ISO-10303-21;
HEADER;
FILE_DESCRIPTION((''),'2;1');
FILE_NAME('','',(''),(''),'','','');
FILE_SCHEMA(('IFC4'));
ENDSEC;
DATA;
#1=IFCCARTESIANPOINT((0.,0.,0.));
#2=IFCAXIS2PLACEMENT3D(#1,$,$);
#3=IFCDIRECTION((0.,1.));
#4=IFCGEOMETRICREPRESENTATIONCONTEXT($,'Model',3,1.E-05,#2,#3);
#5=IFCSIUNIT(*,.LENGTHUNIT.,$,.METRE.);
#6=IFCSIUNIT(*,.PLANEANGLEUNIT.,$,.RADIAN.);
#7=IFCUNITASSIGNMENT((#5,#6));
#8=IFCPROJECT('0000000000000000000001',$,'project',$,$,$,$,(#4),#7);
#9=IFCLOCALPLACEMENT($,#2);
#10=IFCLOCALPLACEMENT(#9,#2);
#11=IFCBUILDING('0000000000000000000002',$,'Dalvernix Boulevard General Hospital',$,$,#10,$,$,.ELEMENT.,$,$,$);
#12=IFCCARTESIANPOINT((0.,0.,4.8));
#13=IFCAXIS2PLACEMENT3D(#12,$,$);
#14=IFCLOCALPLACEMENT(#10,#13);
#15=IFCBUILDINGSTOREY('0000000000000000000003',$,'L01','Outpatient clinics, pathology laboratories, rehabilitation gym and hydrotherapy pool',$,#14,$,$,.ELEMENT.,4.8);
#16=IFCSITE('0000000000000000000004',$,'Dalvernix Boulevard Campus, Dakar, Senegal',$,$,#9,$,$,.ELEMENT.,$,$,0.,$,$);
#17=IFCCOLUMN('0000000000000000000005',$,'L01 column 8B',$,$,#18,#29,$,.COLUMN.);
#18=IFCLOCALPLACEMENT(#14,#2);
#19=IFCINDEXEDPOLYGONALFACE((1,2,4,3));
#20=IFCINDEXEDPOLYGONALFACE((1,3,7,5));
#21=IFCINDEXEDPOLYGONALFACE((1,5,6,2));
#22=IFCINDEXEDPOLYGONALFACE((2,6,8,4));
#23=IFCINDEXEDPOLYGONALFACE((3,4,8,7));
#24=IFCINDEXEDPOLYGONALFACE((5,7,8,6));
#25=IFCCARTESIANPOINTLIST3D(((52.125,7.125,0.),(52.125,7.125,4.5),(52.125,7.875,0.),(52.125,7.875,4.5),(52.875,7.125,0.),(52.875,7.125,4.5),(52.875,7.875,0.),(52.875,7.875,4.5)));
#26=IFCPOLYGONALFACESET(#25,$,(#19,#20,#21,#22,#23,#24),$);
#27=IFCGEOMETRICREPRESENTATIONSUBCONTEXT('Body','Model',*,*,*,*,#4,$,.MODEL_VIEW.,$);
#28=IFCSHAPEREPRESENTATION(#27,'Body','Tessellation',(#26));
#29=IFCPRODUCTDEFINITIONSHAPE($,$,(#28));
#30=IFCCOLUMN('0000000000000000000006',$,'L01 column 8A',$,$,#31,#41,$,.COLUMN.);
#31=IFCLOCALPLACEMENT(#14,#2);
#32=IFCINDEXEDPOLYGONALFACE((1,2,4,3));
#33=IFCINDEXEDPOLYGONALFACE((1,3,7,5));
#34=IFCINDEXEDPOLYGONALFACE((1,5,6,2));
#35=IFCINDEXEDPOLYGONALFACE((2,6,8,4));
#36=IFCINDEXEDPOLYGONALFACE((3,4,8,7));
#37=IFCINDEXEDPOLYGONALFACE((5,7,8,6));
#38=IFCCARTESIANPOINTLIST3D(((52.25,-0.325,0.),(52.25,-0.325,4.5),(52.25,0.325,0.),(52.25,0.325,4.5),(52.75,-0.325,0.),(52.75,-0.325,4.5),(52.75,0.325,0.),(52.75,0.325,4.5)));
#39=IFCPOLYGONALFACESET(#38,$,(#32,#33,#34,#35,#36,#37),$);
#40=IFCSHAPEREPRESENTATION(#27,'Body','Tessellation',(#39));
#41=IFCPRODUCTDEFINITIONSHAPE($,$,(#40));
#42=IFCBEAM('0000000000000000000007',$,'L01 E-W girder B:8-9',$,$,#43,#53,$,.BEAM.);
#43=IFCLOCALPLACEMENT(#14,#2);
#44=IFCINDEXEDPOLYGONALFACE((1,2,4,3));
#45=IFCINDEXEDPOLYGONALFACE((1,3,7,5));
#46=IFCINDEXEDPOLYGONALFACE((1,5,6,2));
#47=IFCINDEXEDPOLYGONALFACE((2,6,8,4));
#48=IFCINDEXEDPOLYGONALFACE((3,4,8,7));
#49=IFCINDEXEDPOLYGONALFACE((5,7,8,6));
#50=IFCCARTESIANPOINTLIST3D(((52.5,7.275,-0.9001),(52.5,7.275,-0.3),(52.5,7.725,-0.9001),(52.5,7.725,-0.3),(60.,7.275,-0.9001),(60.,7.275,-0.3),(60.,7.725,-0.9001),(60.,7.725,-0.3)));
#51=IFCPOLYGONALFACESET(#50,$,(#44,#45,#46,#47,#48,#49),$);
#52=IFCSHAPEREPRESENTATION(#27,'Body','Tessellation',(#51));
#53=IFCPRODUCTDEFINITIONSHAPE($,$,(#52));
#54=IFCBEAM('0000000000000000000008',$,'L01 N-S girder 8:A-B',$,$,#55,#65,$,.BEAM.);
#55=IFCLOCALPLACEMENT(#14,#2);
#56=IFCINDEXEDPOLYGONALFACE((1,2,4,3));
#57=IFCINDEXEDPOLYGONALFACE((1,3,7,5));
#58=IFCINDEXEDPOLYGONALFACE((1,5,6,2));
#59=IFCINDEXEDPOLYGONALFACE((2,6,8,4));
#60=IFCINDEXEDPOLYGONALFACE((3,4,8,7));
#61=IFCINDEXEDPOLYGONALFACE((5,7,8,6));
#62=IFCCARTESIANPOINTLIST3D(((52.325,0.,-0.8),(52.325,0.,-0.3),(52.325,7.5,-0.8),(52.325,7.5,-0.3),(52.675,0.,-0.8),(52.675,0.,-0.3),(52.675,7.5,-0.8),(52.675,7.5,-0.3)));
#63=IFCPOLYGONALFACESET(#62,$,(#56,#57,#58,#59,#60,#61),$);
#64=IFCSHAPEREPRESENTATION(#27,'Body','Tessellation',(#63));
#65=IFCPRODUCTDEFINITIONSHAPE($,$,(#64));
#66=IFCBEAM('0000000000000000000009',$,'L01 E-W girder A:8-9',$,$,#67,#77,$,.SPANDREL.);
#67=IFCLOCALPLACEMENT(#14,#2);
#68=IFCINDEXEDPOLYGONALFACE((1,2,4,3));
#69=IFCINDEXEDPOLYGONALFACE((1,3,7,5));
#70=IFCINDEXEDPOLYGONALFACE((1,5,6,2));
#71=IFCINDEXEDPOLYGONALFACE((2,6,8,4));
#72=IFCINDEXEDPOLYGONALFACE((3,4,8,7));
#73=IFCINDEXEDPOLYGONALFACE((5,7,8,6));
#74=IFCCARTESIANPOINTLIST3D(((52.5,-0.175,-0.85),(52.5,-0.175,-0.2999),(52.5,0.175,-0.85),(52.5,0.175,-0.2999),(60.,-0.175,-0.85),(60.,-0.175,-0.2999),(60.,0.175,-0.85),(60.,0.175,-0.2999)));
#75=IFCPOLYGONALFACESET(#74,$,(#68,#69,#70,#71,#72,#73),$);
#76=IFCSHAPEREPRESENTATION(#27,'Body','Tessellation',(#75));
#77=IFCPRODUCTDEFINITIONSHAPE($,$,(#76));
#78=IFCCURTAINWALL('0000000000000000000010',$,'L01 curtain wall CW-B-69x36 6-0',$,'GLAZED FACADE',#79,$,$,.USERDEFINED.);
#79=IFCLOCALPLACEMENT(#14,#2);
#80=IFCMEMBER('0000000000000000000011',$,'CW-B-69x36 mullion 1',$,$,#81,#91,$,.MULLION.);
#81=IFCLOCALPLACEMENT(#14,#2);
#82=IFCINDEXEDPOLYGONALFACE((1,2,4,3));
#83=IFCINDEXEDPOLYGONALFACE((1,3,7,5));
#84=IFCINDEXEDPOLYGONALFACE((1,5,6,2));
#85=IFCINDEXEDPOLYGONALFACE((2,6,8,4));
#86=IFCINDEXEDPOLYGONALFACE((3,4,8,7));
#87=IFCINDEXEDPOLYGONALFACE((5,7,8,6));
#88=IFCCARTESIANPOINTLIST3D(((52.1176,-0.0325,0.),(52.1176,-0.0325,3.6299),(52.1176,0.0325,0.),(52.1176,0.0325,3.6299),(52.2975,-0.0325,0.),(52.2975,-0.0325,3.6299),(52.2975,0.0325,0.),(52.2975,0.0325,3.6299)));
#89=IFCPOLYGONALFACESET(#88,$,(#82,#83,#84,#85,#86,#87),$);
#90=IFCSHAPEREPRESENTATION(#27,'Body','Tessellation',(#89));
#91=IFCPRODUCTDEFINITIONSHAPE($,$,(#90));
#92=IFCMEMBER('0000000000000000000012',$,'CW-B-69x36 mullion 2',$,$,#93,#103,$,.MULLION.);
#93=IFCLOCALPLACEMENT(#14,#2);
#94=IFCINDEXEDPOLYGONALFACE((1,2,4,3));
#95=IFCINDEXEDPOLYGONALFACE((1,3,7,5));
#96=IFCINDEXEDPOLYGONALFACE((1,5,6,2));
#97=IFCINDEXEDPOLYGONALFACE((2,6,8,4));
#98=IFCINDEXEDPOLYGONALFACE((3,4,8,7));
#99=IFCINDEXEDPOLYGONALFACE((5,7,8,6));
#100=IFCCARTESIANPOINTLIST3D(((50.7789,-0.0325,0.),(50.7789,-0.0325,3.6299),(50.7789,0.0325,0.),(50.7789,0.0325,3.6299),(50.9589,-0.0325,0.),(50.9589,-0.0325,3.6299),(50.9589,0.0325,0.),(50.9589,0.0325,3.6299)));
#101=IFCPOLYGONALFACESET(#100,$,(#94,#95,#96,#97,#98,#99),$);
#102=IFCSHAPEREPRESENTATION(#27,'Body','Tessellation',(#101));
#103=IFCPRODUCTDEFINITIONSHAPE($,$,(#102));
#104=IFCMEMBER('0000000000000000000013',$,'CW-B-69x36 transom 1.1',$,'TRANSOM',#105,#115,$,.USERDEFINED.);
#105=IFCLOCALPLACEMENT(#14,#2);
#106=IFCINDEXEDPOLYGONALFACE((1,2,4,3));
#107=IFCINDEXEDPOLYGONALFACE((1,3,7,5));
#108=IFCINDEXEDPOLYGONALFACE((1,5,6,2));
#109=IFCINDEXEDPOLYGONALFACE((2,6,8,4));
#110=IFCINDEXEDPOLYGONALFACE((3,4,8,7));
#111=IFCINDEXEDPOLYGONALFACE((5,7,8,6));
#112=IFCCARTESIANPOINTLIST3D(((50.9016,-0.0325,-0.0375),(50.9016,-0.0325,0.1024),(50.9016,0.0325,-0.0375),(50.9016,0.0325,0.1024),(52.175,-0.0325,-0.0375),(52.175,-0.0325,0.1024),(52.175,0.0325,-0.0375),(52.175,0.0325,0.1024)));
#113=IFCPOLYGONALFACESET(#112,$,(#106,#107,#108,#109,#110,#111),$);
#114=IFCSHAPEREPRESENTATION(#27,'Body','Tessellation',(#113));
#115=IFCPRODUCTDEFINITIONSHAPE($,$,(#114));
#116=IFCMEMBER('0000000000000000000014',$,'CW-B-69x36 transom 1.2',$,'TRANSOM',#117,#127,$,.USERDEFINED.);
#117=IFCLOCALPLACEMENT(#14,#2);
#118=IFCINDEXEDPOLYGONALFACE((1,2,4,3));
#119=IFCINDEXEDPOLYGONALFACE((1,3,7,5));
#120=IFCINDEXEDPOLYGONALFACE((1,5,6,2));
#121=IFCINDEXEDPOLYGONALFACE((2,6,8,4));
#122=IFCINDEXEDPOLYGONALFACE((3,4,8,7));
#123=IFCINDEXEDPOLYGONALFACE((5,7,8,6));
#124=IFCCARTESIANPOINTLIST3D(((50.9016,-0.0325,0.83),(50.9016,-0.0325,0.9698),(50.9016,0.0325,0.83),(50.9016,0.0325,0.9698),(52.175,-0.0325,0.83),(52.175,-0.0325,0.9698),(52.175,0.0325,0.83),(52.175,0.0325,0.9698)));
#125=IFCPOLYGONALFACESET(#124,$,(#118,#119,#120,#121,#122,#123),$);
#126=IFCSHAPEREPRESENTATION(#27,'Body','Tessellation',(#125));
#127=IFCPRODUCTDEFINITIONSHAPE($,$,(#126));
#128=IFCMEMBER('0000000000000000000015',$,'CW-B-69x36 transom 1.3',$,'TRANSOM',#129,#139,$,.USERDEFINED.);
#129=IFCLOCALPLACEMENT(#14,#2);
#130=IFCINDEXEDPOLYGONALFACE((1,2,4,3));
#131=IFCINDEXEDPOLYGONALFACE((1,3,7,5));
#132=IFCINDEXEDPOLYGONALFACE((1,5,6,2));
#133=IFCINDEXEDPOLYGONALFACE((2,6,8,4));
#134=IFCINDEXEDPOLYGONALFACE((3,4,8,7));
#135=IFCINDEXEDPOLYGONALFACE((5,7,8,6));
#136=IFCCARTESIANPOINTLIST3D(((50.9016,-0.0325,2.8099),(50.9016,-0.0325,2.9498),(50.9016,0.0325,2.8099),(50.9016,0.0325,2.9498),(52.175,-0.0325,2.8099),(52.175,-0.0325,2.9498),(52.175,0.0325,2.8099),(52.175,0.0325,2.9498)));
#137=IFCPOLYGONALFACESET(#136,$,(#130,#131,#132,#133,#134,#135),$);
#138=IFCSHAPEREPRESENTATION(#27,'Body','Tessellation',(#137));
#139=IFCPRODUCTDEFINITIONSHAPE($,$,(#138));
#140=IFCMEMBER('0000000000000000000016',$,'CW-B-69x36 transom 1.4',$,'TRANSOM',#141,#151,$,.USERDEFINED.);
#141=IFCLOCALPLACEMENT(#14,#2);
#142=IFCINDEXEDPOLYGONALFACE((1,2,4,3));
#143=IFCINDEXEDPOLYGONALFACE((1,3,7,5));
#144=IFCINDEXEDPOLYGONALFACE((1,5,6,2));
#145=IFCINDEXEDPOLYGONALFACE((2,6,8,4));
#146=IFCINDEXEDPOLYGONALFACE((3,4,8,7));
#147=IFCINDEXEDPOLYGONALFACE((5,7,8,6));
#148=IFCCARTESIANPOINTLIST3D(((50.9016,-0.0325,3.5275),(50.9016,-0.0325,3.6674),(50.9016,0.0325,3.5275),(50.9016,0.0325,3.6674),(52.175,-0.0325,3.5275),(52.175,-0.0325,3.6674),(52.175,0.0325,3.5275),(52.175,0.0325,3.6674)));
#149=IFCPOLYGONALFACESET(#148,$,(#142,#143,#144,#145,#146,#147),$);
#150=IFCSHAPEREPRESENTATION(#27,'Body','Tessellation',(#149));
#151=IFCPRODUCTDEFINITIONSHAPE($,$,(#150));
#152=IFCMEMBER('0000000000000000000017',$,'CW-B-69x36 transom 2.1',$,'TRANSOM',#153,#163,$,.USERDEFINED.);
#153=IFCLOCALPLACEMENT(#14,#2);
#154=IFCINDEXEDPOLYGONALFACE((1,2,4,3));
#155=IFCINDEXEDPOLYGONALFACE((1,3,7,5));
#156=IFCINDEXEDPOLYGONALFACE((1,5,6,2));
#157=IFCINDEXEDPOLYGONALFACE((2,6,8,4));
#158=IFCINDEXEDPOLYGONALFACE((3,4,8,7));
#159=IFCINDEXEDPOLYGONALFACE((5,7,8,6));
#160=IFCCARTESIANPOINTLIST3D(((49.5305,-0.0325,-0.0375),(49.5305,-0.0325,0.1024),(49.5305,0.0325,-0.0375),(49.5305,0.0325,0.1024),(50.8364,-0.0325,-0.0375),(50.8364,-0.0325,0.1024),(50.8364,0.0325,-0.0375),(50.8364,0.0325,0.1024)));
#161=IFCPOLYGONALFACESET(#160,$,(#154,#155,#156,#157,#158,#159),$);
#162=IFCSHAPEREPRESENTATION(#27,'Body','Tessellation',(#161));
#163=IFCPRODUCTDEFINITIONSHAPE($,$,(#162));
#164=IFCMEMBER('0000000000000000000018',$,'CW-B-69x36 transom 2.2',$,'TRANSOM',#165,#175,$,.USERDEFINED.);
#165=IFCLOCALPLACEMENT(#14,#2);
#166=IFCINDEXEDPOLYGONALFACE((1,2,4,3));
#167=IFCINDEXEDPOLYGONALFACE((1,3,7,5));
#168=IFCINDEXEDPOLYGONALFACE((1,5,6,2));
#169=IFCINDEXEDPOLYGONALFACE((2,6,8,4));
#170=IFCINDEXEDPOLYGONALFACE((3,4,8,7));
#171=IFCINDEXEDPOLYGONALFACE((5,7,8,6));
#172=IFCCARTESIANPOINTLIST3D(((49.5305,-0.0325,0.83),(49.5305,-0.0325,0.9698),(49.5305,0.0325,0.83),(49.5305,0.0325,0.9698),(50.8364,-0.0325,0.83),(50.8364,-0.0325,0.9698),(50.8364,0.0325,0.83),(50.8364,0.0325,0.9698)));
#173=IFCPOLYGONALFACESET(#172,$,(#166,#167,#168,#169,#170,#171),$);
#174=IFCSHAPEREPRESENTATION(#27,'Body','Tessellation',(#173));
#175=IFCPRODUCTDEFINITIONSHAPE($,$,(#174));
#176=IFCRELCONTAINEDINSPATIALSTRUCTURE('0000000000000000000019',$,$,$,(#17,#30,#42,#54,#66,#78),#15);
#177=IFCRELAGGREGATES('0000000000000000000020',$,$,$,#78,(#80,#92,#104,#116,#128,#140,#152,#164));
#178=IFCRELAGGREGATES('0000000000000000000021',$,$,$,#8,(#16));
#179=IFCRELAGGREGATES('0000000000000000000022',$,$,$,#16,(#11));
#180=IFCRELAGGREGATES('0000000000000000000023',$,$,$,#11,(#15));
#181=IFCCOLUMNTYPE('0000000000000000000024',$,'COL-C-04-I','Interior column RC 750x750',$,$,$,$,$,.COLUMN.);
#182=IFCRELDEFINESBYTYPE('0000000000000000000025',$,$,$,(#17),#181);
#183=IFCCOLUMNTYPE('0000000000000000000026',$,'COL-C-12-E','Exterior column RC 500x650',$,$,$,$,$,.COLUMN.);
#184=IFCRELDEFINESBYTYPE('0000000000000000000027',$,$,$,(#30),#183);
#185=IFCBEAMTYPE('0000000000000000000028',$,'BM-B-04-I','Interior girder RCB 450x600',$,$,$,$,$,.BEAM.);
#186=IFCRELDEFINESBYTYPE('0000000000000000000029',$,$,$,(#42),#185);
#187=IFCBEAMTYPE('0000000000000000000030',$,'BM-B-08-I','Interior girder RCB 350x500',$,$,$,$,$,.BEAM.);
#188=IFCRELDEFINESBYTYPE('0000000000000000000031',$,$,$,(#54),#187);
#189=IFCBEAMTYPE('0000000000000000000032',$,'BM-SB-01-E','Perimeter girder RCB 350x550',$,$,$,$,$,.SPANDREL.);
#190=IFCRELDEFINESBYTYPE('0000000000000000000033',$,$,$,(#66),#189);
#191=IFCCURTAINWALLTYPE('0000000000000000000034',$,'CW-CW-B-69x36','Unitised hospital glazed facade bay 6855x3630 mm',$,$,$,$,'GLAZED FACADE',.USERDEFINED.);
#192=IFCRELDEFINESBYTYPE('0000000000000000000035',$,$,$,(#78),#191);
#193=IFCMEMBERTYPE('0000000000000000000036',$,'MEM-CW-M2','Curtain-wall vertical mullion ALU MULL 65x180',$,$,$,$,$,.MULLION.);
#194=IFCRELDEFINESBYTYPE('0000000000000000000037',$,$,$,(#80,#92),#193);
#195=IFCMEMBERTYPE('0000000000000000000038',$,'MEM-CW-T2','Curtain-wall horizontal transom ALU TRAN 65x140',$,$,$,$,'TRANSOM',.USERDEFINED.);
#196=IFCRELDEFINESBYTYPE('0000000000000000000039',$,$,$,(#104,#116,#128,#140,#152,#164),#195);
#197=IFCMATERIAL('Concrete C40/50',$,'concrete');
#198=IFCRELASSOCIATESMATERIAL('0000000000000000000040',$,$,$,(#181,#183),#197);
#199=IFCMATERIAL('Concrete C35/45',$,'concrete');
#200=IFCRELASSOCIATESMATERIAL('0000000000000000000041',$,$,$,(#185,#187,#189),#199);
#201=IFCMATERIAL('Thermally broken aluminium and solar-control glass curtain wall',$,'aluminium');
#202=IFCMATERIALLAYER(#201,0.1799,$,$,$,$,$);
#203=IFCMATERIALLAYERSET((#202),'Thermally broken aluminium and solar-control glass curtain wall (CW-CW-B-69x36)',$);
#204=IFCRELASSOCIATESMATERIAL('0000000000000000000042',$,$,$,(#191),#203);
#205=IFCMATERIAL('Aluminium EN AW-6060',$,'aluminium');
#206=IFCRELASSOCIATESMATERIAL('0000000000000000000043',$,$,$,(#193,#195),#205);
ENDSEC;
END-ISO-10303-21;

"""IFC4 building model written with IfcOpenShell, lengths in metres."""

from ifc_helpers import new_model, si_unit, direction, frame, origin, origin_2d, place, context, subcontext, project, spatial, rectangle, extrude, material, layer, layer_set, material_profile, profile_set, type_object, element, aggregate, save


model = new_model("IFC4")

# Units and contexts
model_context = context("Model", 3, precision=1e-05, world=origin(), true_north=direction((0.0, 1.0)))
body_context = subcontext(model_context, "Body", "Model", "MODEL_VIEW")
ifc_project = project(units=[si_unit("LENGTHUNIT", "METRE"), si_unit("PLANEANGLEUNIT", "RADIAN")], contexts=[model_context])

# Site, building, storey
site_placement = place(None, origin())
site = spatial("IfcSite", under=ifc_project, at=site_placement, Name="Dalvernix Boulevard Campus, Dakar, Senegal", CompositionType="ELEMENT", RefElevation=0.0)
building_placement = place(site_placement, origin())
building = spatial("IfcBuilding", under=site, at=building_placement, Name="Dalvernix Boulevard General Hospital", CompositionType="ELEMENT")
storey_placement = place(building_placement, frame((0.0, 0.0, 4.8)))
storey = spatial("IfcBuildingStorey", under=building, at=storey_placement, Name="L01", Description="Outpatient clinics, pathology laboratories, rehabilitation gym and hydrotherapy pool", CompositionType="ELEMENT", Elevation=4.8)

# Columns
ifc_material_1 = material(Name="Concrete C40/50", Category="concrete")
ifc_material_profile_1 = material_profile(ifc_material_1, rectangle(XDim=0.75, YDim=0.75, at=origin_2d()), Name="RC 750x750")
ifc_profile_set_1 = profile_set([ifc_material_profile_1], Name="Concrete C40/50")
column_type_1 = type_object("IfcColumnType", Name="COL-C-04-I", Description="Interior column RC 750x750", PredefinedType="COLUMN", material=ifc_profile_set_1)
column_1_placement = place(storey_placement, frame((52.5, 7.5, 0.0), z_axis=(0.0, 0.0, 1.0), x_axis=(1.0, 0.0, 0.0)))
element("IfcColumn", 1, at=column_1_placement, inside=storey, type_object=column_type_1, Name="L01 column 8B", PredefinedType="COLUMN", context=body_context, shape_type="SweptSolid", body=[
    extrude(rectangle(XDim=0.75, YDim=0.75, at=origin_2d()), origin(), (0.0, 0.0, 1.0), 4.5),
])
ifc_material_profile_2 = material_profile(ifc_material_1, rectangle(XDim=0.5, YDim=0.6499, at=origin_2d()), Name="RC 500x650")
ifc_profile_set_2 = profile_set([ifc_material_profile_2], Name="Concrete C40/50")
column_type_2 = type_object("IfcColumnType", Name="COL-C-12-E", Description="Exterior column RC 500x650", PredefinedType="COLUMN", material=ifc_profile_set_2)
column_2_placement = place(storey_placement, frame((52.5, 0.0, 0.0), z_axis=(0.0, 0.0, 1.0), x_axis=(1.0, 0.0, 0.0)))
element("IfcColumn", 2, at=column_2_placement, inside=storey, type_object=column_type_2, Name="L01 column 8A", PredefinedType="COLUMN", context=body_context, shape_type="SweptSolid", body=[
    extrude(rectangle(XDim=0.5, YDim=0.6499, at=origin_2d()), origin(), (0.0, 0.0, 1.0), 4.5),
])

# Beams
ifc_material_2 = material(Name="Concrete C35/45", Category="concrete")
ifc_material_profile_3 = material_profile(ifc_material_2, rectangle(XDim=0.45, YDim=0.6001, at=origin_2d()), Name="RCB 450x600")
ifc_profile_set_3 = profile_set([ifc_material_profile_3], Name="Concrete C35/45")
beam_type_1 = type_object("IfcBeamType", Name="BM-B-04-I", Description="Interior girder RCB 450x600", PredefinedType="BEAM", material=ifc_profile_set_3)
beam_1_placement = place(storey_placement, frame((52.5, 7.5, -0.6001), z_axis=(1.0, 0.0, 0.0), x_axis=(0.0, 1.0, 0.0)))
element("IfcBeam", 3, at=beam_1_placement, inside=storey, type_object=beam_type_1, Name="L01 E-W girder B:8-9", PredefinedType="BEAM", context=body_context, shape_type="SweptSolid", body=[
    extrude(rectangle(XDim=0.45, YDim=0.6001, at=origin_2d()), origin(), (0.0, 0.0, 1.0), 7.5),
])
ifc_material_profile_4 = material_profile(ifc_material_2, rectangle(XDim=0.3501, YDim=0.5, at=origin_2d()), Name="RCB 350x500")
ifc_profile_set_4 = profile_set([ifc_material_profile_4], Name="Concrete C35/45")
beam_type_2 = type_object("IfcBeamType", Name="BM-B-08-I", Description="Interior girder RCB 350x500", PredefinedType="BEAM", material=ifc_profile_set_4)
beam_2_placement = place(storey_placement, frame((52.5, 0.0, -0.55), z_axis=(0.0, 1.0, 0.0), x_axis=(-1.0, 0.0, 0.0)))
element("IfcBeam", 4, at=beam_2_placement, inside=storey, type_object=beam_type_2, Name="L01 N-S girder 8:A-B", PredefinedType="BEAM", context=body_context, shape_type="SweptSolid", body=[
    extrude(rectangle(XDim=0.3501, YDim=0.5, at=origin_2d()), origin(), (0.0, 0.0, 1.0), 7.5),
])
ifc_material_profile_5 = material_profile(ifc_material_2, rectangle(XDim=0.3501, YDim=0.55, at=origin_2d()), Name="RCB 350x550")
ifc_profile_set_5 = profile_set([ifc_material_profile_5], Name="Concrete C35/45")
beam_type_3 = type_object("IfcBeamType", Name="BM-SB-01-E", Description="Perimeter girder RCB 350x550", PredefinedType="SPANDREL", material=ifc_profile_set_5)
beam_3_placement = place(storey_placement, frame((52.5, 0.0, -0.575), z_axis=(1.0, 0.0, 0.0), x_axis=(0.0, 1.0, 0.0)))
element("IfcBeam", 5, at=beam_3_placement, inside=storey, type_object=beam_type_3, Name="L01 E-W girder A:8-9", PredefinedType="SPANDREL", context=body_context, shape_type="SweptSolid", body=[
    extrude(rectangle(XDim=0.3501, YDim=0.55, at=origin_2d()), origin(), (0.0, 0.0, 1.0), 7.5),
])

# Curtain wall, members
ifc_material_3 = material(Name="Thermally broken aluminium and solar-control glass curtain wall", Category="aluminium")
ifc_layer_1 = layer(ifc_material_3, 0.1799)
ifc_layer_set_1 = layer_set([ifc_layer_1], Name="Thermally broken aluminium and solar-control glass curtain wall (CW-CW-B-69x36)")
curtain_wall_type = type_object("IfcCurtainWallType", Name="CW-CW-B-69x36", Description="Unitised hospital glazed facade bay 6855x3630 mm", ElementType="GLAZED FACADE", PredefinedType="USERDEFINED", material=ifc_layer_set_1)
curtain_wall_placement = place(storey_placement, origin())
curtain_wall = element("IfcCurtainWall", 6, at=curtain_wall_placement, inside=storey, type_object=curtain_wall_type, Name="L01 curtain wall CW-B-69x36 6-0", ObjectType="GLAZED FACADE", PredefinedType="USERDEFINED")
ifc_material_4 = material(Name="Aluminium EN AW-6060", Category="aluminium")
ifc_material_profile_6 = material_profile(ifc_material_4, rectangle(XDim=0.0649, YDim=0.1799, at=origin_2d()), Name="ALU MULL 65x180")
ifc_profile_set_6 = profile_set([ifc_material_profile_6], Name="Aluminium EN AW-6060")
member_type_1 = type_object("IfcMemberType", Name="MEM-CW-M2", Description="Curtain-wall vertical mullion ALU MULL 65x180", PredefinedType="MULLION", material=ifc_profile_set_6)
member_1_placement = place(storey_placement, frame((52.2075, 0.0, 0.0), z_axis=(0.0, 0.0, 1.0), x_axis=(0.0, -1.0, 0.0)))
member_1 = element("IfcMember", 7, at=member_1_placement, type_object=member_type_1, Name="CW-B-69x36 mullion 1", PredefinedType="MULLION", context=body_context, shape_type="SweptSolid", body=[
    extrude(rectangle(XDim=0.0649, YDim=0.1799, at=origin_2d()), origin(), (0.0, 0.0, 1.0), 3.6299),
])
member_2_placement = place(storey_placement, frame((50.8689, 0.0, 0.0), z_axis=(0.0, 0.0, 1.0), x_axis=(0.0, -1.0, 0.0)))
member_2 = element("IfcMember", 8, at=member_2_placement, type_object=member_type_1, Name="CW-B-69x36 mullion 2", PredefinedType="MULLION", context=body_context, shape_type="SweptSolid", body=[
    extrude(rectangle(XDim=0.0649, YDim=0.1799, at=origin_2d()), origin(), (0.0, 0.0, 1.0), 3.6299),
])
ifc_material_profile_7 = material_profile(ifc_material_4, rectangle(XDim=0.0649, YDim=0.1399, at=origin_2d()), Name="ALU TRAN 65x140")
ifc_profile_set_7 = profile_set([ifc_material_profile_7], Name="Aluminium EN AW-6060")
member_type_2 = type_object("IfcMemberType", Name="MEM-CW-T2", Description="Curtain-wall horizontal transom ALU TRAN 65x140", ElementType="TRANSOM", PredefinedType="USERDEFINED", material=ifc_profile_set_7)
member_3_placement = place(storey_placement, frame((52.175, 0.0, 0.0325), z_axis=(-1.0, 0.0, 0.0), x_axis=(0.0, -1.0, 0.0)))
member_3 = element("IfcMember", 9, at=member_3_placement, type_object=member_type_2, Name="CW-B-69x36 transom 1.1", ObjectType="TRANSOM", PredefinedType="USERDEFINED", context=body_context, shape_type="SweptSolid", body=[
    extrude(rectangle(XDim=0.0649, YDim=0.1399, at=origin_2d()), origin(), (0.0, 0.0, 1.0), 1.2734),
])
member_4_placement = place(storey_placement, frame((52.175, 0.0, 0.8999), z_axis=(-1.0, 0.0, 0.0), x_axis=(0.0, -1.0, 0.0)))
member_4 = element("IfcMember", 10, at=member_4_placement, type_object=member_type_2, Name="CW-B-69x36 transom 1.2", ObjectType="TRANSOM", PredefinedType="USERDEFINED", context=body_context, shape_type="SweptSolid", body=[
    extrude(rectangle(XDim=0.0649, YDim=0.1399, at=origin_2d()), origin(), (0.0, 0.0, 1.0), 1.2734),
])
member_5_placement = place(storey_placement, frame((52.175, 0.0, 2.8799), z_axis=(-1.0, 0.0, 0.0), x_axis=(0.0, -1.0, 0.0)))
member_5 = element("IfcMember", 11, at=member_5_placement, type_object=member_type_2, Name="CW-B-69x36 transom 1.3", ObjectType="TRANSOM", PredefinedType="USERDEFINED", context=body_context, shape_type="SweptSolid", body=[
    extrude(rectangle(XDim=0.0649, YDim=0.1399, at=origin_2d()), origin(), (0.0, 0.0, 1.0), 1.2734),
])
member_6_placement = place(storey_placement, frame((52.175, 0.0, 3.5974), z_axis=(-1.0, 0.0, 0.0), x_axis=(0.0, -1.0, 0.0)))
member_6 = element("IfcMember", 12, at=member_6_placement, type_object=member_type_2, Name="CW-B-69x36 transom 1.4", ObjectType="TRANSOM", PredefinedType="USERDEFINED", context=body_context, shape_type="SweptSolid", body=[
    extrude(rectangle(XDim=0.0649, YDim=0.1399, at=origin_2d()), origin(), (0.0, 0.0, 1.0), 1.2734),
])
member_7_placement = place(storey_placement, frame((50.8364, 0.0, 0.0325), z_axis=(-1.0, 0.0, 0.0), x_axis=(0.0, -1.0, 0.0)))
member_7 = element("IfcMember", 13, at=member_7_placement, type_object=member_type_2, Name="CW-B-69x36 transom 2.1", ObjectType="TRANSOM", PredefinedType="USERDEFINED", context=body_context, shape_type="SweptSolid", body=[
    extrude(rectangle(XDim=0.0649, YDim=0.1399, at=origin_2d()), origin(), (0.0, 0.0, 1.0), 1.3059),
])
member_8_placement = place(storey_placement, frame((50.8364, 0.0, 0.8999), z_axis=(-1.0, 0.0, 0.0), x_axis=(0.0, -1.0, 0.0)))
member_8 = element("IfcMember", 14, at=member_8_placement, type_object=member_type_2, Name="CW-B-69x36 transom 2.2", ObjectType="TRANSOM", PredefinedType="USERDEFINED", context=body_context, shape_type="SweptSolid", body=[
    extrude(rectangle(XDim=0.0649, YDim=0.1399, at=origin_2d()), origin(), (0.0, 0.0, 1.0), 1.3059),
])
aggregate(curtain_wall, [member_1, member_2, member_3, member_4, member_5, member_6, member_7, member_8])

save(model, "model.ifc")
